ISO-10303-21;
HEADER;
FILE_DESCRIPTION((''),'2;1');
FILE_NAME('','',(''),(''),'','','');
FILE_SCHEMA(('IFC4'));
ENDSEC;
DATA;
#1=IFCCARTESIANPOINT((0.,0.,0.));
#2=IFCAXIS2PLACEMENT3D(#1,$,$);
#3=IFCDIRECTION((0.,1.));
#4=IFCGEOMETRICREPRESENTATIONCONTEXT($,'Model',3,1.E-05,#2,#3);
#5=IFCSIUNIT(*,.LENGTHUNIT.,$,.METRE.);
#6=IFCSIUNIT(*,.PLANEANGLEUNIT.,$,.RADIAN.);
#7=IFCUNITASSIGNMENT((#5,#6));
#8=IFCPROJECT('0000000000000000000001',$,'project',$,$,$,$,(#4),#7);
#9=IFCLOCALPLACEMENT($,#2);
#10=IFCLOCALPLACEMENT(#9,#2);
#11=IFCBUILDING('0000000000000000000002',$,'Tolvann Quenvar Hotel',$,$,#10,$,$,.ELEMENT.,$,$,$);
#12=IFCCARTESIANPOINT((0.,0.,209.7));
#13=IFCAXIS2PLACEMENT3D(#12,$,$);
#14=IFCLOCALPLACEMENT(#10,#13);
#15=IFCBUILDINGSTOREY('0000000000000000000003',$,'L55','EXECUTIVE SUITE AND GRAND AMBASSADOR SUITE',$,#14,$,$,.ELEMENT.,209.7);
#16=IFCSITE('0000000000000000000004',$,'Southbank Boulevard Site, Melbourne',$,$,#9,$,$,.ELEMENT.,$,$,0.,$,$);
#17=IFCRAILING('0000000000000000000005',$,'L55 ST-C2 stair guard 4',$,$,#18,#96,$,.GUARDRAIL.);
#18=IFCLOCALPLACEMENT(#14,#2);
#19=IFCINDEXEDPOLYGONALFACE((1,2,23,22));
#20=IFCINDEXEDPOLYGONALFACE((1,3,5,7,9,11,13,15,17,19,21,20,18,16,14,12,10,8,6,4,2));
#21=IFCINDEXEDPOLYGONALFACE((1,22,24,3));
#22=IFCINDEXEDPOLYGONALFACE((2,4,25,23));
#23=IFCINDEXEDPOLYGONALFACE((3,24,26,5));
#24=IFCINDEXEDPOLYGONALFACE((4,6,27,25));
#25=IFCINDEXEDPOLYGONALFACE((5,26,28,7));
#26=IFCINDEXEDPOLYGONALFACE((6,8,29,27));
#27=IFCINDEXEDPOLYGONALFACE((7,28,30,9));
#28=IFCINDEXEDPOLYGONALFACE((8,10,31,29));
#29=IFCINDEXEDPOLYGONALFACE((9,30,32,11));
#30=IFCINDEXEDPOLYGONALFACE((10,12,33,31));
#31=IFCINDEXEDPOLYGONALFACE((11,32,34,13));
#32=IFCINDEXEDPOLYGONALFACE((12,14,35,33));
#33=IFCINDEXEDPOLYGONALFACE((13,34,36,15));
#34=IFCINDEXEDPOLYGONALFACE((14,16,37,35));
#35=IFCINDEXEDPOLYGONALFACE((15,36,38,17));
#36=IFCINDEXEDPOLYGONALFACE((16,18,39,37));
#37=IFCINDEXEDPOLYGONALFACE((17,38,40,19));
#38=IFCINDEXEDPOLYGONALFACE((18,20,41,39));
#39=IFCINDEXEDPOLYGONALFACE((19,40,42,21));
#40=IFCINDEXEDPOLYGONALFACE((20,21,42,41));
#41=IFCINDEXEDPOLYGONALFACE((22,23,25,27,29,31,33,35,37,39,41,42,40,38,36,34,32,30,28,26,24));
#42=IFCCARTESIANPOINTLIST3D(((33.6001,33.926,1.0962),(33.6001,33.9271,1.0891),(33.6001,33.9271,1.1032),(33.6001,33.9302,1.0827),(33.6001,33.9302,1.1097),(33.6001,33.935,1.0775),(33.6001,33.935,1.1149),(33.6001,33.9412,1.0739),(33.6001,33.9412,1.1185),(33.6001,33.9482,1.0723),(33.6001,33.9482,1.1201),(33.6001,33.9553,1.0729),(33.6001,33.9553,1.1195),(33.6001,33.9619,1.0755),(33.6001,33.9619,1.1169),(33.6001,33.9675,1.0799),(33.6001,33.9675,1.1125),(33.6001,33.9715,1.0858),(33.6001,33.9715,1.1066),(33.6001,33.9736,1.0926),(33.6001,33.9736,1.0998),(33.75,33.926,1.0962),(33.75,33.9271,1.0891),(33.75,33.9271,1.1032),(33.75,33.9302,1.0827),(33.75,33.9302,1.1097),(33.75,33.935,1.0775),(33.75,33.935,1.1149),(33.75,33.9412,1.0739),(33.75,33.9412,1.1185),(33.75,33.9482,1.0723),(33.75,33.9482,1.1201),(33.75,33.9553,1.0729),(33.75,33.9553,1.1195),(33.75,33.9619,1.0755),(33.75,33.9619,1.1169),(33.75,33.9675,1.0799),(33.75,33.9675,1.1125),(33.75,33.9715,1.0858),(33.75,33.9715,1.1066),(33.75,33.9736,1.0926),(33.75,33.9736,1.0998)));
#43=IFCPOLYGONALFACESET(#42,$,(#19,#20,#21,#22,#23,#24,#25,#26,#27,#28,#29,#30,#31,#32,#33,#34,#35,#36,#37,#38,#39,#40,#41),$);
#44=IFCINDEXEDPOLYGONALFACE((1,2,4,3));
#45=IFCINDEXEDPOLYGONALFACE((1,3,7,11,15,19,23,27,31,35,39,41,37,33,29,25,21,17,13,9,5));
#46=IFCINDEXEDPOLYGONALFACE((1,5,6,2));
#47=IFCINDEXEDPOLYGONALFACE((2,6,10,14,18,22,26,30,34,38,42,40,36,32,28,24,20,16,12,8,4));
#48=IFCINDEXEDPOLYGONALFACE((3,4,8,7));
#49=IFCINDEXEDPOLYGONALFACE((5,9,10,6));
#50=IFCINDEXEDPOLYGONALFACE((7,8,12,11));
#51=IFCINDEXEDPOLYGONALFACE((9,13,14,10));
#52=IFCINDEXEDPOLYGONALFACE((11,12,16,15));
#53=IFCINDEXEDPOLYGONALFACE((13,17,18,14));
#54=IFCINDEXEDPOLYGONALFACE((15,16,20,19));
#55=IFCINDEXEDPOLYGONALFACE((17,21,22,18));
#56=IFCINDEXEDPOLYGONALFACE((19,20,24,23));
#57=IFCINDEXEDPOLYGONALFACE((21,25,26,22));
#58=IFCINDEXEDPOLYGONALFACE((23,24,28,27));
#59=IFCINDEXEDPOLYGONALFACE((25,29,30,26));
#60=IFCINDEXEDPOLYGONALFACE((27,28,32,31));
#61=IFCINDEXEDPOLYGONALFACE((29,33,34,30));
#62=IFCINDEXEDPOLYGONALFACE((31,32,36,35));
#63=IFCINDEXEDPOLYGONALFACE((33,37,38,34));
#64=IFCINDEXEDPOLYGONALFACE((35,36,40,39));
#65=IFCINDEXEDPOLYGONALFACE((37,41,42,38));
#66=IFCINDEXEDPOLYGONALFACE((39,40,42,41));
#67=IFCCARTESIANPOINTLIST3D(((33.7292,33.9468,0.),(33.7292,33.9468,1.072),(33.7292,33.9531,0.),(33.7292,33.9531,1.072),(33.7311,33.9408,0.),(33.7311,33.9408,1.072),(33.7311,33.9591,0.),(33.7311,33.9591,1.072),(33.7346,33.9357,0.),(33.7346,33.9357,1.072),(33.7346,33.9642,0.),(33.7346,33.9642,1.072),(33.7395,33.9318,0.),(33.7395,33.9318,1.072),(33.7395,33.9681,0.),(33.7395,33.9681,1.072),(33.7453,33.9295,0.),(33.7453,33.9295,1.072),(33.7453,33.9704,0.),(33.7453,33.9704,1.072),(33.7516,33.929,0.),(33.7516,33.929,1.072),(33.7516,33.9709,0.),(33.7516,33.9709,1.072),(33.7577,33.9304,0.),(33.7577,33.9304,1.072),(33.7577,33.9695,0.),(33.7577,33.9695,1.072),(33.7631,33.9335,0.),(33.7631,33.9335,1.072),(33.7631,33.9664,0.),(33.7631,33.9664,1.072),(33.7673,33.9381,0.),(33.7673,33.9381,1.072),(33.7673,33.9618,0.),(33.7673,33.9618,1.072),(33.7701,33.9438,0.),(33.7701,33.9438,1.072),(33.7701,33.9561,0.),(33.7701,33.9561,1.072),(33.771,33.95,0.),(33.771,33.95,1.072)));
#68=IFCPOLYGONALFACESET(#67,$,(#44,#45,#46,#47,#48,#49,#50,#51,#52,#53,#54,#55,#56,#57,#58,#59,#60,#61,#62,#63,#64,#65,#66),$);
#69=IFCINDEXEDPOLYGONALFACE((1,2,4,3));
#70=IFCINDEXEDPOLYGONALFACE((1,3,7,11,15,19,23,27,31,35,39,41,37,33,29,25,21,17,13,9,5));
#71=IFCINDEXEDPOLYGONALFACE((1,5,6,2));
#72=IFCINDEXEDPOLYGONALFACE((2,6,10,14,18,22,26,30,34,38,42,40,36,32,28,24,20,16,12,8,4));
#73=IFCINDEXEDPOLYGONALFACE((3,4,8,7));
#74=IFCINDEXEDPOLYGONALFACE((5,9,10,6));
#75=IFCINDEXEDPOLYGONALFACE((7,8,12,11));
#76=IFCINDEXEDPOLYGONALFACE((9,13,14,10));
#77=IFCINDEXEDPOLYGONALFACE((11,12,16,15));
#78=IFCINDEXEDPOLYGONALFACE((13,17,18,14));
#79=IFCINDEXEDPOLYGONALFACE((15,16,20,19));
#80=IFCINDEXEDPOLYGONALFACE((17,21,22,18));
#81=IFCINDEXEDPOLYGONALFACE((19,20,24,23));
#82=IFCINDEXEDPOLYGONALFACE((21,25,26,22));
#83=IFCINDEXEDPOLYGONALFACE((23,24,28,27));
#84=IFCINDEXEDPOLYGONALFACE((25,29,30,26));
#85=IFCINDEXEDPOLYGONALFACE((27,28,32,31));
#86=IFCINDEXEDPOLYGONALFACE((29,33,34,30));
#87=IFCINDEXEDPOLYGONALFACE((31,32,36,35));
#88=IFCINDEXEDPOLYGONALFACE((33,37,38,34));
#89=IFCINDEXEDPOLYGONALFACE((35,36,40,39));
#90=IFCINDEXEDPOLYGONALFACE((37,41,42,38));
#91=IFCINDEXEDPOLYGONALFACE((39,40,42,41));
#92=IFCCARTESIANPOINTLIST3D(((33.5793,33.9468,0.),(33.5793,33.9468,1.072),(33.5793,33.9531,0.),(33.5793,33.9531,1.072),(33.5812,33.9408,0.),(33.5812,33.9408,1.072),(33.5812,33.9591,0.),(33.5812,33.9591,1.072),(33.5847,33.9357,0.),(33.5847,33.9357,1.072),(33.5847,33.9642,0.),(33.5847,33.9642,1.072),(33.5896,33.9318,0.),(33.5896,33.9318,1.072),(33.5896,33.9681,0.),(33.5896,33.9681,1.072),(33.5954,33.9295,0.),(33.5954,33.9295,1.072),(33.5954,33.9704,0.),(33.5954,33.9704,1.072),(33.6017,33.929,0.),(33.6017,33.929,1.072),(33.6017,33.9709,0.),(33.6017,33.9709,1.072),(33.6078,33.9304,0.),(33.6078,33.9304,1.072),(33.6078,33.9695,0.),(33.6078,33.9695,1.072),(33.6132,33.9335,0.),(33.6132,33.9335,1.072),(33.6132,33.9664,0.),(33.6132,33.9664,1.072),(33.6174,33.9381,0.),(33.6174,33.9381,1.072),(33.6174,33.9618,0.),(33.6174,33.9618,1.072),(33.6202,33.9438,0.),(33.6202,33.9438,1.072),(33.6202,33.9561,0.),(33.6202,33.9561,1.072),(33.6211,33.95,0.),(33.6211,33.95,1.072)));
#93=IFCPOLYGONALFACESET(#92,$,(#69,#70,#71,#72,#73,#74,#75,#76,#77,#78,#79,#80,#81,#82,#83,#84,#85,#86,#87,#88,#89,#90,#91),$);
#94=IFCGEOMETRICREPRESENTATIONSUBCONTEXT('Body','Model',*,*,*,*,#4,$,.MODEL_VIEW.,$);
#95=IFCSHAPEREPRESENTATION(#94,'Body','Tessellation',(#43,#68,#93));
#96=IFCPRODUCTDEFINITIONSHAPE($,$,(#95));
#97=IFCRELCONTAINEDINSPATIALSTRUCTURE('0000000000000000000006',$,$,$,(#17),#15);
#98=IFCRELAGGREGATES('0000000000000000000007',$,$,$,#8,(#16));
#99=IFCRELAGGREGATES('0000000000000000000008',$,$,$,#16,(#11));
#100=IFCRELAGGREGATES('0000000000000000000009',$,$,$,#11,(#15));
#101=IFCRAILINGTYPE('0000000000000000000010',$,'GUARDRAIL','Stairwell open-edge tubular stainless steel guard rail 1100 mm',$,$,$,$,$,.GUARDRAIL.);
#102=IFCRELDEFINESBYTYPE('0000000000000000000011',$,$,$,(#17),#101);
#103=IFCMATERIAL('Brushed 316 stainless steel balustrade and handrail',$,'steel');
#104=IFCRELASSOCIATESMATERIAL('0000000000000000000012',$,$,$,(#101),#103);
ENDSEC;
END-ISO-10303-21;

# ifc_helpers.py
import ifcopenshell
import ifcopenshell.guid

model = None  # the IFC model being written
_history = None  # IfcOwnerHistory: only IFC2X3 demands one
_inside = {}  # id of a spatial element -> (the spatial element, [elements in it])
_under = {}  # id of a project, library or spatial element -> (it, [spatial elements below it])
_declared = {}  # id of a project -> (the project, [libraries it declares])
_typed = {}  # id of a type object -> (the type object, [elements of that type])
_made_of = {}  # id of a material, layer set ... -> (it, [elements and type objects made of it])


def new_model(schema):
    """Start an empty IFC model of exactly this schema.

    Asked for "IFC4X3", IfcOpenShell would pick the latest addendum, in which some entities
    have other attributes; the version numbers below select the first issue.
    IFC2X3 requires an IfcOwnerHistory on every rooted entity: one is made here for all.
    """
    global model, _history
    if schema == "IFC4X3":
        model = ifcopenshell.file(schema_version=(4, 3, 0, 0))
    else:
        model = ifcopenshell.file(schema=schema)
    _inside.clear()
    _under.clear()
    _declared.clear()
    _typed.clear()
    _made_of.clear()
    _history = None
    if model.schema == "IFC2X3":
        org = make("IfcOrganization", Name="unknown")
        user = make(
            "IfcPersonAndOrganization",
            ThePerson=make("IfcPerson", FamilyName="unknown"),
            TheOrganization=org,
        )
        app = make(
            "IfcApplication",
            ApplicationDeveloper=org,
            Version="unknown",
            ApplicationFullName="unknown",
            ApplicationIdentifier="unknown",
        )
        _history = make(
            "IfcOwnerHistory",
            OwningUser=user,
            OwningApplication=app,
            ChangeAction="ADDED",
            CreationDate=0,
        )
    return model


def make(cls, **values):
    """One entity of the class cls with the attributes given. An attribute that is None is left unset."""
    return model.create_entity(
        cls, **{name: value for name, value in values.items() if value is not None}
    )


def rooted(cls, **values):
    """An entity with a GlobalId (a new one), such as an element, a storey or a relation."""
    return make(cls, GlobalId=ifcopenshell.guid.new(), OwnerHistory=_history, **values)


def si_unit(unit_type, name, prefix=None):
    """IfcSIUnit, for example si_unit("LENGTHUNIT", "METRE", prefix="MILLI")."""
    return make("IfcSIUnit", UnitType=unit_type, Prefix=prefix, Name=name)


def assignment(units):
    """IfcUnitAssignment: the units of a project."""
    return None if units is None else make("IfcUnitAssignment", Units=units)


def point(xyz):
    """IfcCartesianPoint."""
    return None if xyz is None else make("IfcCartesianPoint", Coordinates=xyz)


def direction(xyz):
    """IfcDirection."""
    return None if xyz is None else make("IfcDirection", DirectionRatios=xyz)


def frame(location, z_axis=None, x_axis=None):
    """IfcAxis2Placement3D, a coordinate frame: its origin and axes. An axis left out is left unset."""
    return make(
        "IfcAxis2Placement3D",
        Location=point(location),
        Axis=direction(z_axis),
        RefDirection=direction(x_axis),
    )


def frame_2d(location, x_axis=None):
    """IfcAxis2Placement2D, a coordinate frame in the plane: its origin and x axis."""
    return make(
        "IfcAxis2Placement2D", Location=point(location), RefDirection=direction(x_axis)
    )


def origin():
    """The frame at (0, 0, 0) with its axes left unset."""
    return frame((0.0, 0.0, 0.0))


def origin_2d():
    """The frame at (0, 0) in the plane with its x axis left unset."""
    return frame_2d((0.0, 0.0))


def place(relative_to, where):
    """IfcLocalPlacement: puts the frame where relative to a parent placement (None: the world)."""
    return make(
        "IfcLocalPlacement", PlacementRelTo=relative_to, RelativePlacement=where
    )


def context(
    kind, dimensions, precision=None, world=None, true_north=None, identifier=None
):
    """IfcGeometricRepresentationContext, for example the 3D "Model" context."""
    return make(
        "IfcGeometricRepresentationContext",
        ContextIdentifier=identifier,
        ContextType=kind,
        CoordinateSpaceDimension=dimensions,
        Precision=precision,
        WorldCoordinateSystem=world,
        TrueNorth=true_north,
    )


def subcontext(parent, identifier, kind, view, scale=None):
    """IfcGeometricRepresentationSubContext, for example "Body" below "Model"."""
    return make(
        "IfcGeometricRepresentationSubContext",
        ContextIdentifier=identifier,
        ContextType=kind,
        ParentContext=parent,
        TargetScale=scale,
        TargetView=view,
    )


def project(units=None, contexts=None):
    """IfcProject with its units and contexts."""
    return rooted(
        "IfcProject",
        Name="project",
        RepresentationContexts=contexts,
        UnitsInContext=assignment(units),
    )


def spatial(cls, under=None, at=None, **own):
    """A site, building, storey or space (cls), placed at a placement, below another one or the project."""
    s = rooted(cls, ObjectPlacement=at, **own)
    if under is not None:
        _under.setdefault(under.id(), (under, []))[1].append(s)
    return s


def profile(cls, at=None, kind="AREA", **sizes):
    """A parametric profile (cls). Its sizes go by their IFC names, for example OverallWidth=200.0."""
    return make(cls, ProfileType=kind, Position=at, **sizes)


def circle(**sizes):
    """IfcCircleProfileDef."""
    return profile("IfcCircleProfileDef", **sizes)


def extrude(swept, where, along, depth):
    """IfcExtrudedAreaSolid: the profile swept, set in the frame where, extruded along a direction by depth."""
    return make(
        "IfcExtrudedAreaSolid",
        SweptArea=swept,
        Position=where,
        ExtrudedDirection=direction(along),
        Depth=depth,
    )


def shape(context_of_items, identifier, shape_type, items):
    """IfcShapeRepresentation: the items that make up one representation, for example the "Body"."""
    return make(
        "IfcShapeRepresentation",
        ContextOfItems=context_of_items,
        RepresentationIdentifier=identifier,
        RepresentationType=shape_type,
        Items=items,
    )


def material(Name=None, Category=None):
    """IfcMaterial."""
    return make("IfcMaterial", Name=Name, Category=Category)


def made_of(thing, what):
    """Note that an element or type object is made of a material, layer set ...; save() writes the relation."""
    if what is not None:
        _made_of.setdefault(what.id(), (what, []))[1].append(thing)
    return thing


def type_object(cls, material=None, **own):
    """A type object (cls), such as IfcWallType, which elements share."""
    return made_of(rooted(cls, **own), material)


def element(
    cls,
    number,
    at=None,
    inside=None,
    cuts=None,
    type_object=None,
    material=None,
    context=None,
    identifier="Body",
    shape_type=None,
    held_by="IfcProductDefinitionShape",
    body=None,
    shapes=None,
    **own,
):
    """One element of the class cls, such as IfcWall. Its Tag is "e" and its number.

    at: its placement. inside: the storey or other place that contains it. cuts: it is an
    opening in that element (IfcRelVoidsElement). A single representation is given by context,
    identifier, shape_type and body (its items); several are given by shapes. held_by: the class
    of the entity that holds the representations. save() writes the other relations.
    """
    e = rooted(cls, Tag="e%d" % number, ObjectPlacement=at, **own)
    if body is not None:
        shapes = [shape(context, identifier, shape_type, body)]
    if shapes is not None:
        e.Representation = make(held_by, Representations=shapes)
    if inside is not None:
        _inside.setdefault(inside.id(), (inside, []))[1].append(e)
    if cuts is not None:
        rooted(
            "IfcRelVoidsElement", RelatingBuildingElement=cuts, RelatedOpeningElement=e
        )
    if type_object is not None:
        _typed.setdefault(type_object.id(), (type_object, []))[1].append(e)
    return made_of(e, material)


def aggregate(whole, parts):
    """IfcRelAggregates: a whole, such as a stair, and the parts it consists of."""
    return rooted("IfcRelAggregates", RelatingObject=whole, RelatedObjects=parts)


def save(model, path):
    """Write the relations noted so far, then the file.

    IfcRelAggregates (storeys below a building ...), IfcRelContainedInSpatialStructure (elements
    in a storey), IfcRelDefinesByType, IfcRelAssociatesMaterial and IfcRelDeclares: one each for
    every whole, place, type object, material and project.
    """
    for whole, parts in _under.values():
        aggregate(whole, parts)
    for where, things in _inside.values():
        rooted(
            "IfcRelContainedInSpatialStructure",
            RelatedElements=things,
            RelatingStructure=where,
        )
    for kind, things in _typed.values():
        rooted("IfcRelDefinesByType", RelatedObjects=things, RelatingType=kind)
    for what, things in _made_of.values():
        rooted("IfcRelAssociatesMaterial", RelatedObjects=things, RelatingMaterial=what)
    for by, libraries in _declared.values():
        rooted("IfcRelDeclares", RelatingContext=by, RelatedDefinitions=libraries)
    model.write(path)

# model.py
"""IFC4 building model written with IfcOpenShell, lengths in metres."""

from ifc_helpers import new_model, si_unit, direction, frame, origin, origin_2d, place, context, subcontext, project, spatial, circle, extrude, material, type_object, element, save


model = new_model("IFC4")

# Units and contexts
model_context = context("Model", 3, precision=1e-05, world=origin(), true_north=direction((0.0, 1.0)))
body_context = subcontext(model_context, "Body", "Model", "MODEL_VIEW")
ifc_project = project(units=[si_unit("LENGTHUNIT", "METRE"), si_unit("PLANEANGLEUNIT", "RADIAN")], contexts=[model_context])

# Site, building, storey
site_placement = place(None, origin())
site = spatial("IfcSite", under=ifc_project, at=site_placement, Name="Southbank Boulevard Site, Melbourne", CompositionType="ELEMENT", RefElevation=0.0)
building_placement = place(site_placement, origin())
building = spatial("IfcBuilding", under=site, at=building_placement, Name="Tolvann Quenvar Hotel", CompositionType="ELEMENT")
storey_placement = place(building_placement, frame((0.0, 0.0, 209.7)))
storey = spatial("IfcBuildingStorey", under=building, at=storey_placement, Name="L55", Description="EXECUTIVE SUITE AND GRAND AMBASSADOR SUITE", CompositionType="ELEMENT", Elevation=209.7)

# Railing
ifc_material_1 = material(Name="Brushed 316 stainless steel balustrade and handrail", Category="steel")
railing_type_1 = type_object("IfcRailingType", Name="GUARDRAIL", Description="Stairwell open-edge tubular stainless steel guard rail 1100 mm", PredefinedType="GUARDRAIL", material=ifc_material_1)
railing_1_placement = place(storey_placement, frame((33.75, 33.95, 0.0)))
element("IfcRailing", 1, at=railing_1_placement, inside=storey, type_object=railing_type_1, Name="L55 ST-C2 stair guard 4", PredefinedType="GUARDRAIL", context=body_context, shape_type="SweptSolid", body=[
    extrude(circle(Radius=0.0239, at=origin_2d()), frame((0.0, 0.0, 1.0962), z_axis=(-1.0, 0.0, 0.0), x_axis=(0.0, -1.0, 0.0)), (0.0, 0.0, 1.0), 0.1499),
    extrude(circle(Radius=0.021, at=origin_2d()), origin(), (0.0, 0.0, 1.0), 1.072),
    extrude(circle(Radius=0.021, at=origin_2d()), frame((-0.1499, 0.0, 0.0)), (0.0, 0.0, 1.0), 1.072),
])

save(model, "model.ifc")
